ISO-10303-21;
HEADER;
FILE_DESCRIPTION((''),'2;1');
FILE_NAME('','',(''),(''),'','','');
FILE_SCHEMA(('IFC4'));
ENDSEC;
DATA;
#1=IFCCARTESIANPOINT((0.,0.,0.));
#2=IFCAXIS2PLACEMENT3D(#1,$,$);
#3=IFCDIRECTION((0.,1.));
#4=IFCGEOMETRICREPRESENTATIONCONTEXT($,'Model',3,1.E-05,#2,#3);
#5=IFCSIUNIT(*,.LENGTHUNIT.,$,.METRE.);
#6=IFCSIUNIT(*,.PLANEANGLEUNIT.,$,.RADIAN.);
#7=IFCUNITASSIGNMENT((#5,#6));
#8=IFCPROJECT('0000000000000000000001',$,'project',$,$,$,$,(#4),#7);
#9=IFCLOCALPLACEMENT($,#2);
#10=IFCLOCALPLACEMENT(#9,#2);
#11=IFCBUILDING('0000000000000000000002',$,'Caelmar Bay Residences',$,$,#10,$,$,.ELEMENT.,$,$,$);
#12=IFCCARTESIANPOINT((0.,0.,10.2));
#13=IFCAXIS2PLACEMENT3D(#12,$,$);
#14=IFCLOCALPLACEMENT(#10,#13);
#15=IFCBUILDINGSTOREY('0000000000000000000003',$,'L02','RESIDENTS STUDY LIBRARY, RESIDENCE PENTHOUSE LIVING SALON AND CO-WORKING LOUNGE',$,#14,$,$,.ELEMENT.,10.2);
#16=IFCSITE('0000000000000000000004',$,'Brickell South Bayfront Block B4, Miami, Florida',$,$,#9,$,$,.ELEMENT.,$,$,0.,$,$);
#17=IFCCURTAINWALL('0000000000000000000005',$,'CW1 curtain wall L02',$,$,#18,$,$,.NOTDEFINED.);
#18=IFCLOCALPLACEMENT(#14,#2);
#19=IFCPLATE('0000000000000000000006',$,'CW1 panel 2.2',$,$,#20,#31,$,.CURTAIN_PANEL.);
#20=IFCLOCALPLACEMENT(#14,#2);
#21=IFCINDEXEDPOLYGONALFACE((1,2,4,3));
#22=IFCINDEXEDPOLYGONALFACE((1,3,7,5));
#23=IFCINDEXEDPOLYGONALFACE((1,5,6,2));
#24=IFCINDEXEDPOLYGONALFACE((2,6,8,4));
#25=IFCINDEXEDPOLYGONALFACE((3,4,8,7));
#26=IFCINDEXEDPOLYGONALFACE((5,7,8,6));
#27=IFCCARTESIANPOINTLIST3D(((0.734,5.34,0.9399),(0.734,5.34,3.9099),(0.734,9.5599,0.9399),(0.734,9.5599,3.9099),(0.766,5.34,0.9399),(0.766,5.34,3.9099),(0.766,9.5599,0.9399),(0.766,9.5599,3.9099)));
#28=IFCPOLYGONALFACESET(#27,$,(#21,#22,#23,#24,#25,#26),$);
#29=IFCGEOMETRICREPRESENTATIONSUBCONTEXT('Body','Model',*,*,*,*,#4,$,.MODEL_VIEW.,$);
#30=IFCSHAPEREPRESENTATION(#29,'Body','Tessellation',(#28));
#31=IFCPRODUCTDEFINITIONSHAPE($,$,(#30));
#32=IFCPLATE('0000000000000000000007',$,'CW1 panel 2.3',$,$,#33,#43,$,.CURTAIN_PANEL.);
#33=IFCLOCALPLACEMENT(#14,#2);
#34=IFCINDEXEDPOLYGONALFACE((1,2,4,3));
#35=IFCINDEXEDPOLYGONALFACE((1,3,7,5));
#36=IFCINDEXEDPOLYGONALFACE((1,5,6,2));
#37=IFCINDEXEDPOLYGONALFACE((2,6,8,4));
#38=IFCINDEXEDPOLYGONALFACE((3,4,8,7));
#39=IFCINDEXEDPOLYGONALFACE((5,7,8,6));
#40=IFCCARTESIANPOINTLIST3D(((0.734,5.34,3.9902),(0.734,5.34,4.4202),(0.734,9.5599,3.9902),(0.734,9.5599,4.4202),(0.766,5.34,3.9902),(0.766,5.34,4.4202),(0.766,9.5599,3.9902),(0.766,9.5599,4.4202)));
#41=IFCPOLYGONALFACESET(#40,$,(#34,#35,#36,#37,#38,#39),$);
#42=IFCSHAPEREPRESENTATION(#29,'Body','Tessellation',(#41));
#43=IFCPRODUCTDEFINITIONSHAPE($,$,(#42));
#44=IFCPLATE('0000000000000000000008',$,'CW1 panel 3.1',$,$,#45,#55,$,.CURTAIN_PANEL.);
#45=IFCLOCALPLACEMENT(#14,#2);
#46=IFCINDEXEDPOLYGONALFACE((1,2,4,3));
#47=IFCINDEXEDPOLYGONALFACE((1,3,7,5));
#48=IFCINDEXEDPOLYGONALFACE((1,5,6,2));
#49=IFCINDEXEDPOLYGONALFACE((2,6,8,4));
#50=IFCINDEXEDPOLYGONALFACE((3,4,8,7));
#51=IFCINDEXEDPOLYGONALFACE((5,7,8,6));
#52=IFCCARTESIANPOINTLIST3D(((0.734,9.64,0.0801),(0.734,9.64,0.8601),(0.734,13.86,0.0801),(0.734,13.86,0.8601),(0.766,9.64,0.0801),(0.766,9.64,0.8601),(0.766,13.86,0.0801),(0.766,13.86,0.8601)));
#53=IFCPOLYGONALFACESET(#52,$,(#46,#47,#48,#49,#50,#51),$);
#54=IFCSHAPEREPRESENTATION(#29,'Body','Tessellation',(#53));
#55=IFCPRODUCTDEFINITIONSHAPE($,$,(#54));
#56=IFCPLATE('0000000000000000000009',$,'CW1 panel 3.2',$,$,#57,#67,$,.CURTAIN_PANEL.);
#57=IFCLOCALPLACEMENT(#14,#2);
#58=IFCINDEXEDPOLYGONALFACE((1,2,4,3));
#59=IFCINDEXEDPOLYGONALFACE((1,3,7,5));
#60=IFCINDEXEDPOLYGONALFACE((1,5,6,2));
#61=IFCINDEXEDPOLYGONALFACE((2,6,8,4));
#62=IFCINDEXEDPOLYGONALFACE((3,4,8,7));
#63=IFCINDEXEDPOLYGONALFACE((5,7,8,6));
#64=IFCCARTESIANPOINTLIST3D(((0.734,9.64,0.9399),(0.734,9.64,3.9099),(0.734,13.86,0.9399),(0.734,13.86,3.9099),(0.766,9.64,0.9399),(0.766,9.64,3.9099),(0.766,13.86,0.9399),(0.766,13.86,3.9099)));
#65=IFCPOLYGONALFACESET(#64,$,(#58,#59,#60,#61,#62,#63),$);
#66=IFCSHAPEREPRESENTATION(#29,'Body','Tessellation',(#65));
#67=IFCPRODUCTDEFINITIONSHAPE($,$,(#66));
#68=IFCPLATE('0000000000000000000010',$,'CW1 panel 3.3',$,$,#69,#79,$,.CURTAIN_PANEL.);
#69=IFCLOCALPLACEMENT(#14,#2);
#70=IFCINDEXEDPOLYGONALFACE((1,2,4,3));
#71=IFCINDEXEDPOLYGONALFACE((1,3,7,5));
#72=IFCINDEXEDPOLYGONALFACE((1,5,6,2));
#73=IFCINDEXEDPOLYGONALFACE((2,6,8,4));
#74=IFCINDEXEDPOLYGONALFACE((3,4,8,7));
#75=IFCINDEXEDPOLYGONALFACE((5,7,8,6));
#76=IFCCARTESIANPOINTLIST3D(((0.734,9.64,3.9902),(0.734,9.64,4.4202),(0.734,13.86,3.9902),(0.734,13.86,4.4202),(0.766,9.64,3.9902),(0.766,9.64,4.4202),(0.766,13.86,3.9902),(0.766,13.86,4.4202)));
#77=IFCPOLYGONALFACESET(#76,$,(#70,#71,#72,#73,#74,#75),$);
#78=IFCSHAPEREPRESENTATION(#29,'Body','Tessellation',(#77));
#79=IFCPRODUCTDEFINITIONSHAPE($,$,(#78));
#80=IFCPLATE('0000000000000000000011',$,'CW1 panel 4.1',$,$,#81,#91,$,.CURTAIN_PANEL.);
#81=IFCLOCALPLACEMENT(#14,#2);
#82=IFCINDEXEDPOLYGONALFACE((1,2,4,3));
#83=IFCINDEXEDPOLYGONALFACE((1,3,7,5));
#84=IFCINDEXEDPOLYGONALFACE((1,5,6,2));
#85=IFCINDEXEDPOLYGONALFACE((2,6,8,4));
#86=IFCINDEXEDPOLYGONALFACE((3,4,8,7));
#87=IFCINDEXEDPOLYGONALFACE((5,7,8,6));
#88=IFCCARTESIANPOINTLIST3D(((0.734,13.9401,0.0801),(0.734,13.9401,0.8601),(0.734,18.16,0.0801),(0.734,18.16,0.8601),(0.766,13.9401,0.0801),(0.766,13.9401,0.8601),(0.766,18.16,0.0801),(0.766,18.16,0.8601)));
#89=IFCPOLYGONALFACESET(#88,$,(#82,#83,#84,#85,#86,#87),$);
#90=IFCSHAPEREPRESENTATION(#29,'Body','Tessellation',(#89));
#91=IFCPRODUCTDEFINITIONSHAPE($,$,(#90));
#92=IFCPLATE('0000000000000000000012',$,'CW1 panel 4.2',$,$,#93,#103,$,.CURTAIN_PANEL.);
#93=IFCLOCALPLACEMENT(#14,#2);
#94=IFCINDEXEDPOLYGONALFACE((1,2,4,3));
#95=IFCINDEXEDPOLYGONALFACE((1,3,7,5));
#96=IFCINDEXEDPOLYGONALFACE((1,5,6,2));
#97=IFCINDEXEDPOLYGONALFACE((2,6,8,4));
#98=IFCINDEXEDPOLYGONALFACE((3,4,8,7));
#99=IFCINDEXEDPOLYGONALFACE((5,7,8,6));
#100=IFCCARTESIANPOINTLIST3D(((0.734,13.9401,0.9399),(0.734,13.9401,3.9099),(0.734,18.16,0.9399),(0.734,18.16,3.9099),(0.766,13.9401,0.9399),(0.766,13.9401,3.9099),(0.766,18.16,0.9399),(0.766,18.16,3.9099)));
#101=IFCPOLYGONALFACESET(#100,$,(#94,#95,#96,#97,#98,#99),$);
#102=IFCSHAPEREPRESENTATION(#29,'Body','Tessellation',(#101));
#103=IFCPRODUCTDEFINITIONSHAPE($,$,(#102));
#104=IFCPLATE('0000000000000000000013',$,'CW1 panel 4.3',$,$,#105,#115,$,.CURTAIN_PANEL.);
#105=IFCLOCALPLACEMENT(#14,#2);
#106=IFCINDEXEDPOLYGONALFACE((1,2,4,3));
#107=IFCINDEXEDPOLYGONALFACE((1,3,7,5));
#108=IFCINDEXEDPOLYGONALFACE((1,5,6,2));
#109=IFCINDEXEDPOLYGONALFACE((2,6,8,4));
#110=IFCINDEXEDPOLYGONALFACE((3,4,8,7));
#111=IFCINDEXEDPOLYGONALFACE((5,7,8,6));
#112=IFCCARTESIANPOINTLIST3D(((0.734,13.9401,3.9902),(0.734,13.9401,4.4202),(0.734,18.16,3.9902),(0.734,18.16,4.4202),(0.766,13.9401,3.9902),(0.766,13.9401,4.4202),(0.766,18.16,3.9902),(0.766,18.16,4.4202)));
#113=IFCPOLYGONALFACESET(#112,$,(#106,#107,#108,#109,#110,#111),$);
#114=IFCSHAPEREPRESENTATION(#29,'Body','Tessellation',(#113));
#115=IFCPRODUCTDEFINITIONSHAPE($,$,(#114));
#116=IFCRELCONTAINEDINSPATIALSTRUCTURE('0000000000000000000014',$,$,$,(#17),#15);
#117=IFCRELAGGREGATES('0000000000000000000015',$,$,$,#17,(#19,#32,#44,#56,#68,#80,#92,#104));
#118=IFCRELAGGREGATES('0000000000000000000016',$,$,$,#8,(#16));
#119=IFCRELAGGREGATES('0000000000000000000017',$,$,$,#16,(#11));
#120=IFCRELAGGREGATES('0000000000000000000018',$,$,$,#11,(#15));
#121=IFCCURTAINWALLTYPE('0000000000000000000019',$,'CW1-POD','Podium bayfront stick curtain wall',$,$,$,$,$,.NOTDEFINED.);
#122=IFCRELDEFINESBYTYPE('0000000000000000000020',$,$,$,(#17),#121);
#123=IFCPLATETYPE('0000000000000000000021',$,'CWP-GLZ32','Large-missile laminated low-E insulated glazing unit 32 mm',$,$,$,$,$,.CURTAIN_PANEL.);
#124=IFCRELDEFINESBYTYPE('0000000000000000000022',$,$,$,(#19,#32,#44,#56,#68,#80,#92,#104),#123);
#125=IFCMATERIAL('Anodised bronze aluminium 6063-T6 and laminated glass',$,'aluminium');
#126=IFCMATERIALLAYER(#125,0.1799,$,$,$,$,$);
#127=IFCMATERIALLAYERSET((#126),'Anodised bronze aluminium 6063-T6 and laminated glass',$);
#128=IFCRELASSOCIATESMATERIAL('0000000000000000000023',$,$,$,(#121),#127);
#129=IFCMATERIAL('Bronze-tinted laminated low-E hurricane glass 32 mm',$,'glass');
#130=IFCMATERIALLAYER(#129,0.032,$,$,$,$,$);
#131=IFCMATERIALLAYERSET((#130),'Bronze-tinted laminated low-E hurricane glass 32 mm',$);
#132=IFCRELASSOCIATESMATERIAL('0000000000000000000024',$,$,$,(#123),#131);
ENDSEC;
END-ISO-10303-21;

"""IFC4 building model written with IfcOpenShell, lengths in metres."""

from ifc_helpers import new_model, si_unit, direction, frame, origin, origin_2d, place, context, subcontext, project, spatial, rectangle, extrude, material, layer, layer_set, type_object, element, aggregate, save


model = new_model("IFC4")

# Units and contexts
model_context = context("Model", 3, precision=1e-05, world=origin(), true_north=direction((0.0, 1.0)))
body_context = subcontext(model_context, "Body", "Model", "MODEL_VIEW")
ifc_project = project(units=[si_unit("LENGTHUNIT", "METRE"), si_unit("PLANEANGLEUNIT", "RADIAN")], contexts=[model_context])

# Site, building, storey
site_placement = place(None, origin())
site = spatial("IfcSite", under=ifc_project, at=site_placement, Name="Brickell South Bayfront Block B4, Miami, Florida", CompositionType="ELEMENT", RefElevation=0.0)
building_placement = place(site_placement, origin())
building = spatial("IfcBuilding", under=site, at=building_placement, Name="Caelmar Bay Residences", CompositionType="ELEMENT")
storey_placement = place(building_placement, frame((0.0, 0.0, 10.2)))
storey = spatial("IfcBuildingStorey", under=building, at=storey_placement, Name="L02", Description="RESIDENTS STUDY LIBRARY, RESIDENCE PENTHOUSE LIVING SALON AND CO-WORKING LOUNGE", CompositionType="ELEMENT", Elevation=10.2)

# Curtain wall, plates
ifc_material_1 = material(Name="Anodised bronze aluminium 6063-T6 and laminated glass", Category="aluminium")
ifc_layer_1 = layer(ifc_material_1, 0.1799)
ifc_layer_set_1 = layer_set([ifc_layer_1], Name="Anodised bronze aluminium 6063-T6 and laminated glass")
curtain_wall_type = type_object("IfcCurtainWallType", Name="CW1-POD", Description="Podium bayfront stick curtain wall", PredefinedType="NOTDEFINED", material=ifc_layer_set_1)
curtain_wall_placement = place(storey_placement, origin())
curtain_wall = element("IfcCurtainWall", 1, at=curtain_wall_placement, inside=storey, type_object=curtain_wall_type, Name="CW1 curtain wall L02", PredefinedType="NOTDEFINED")
ifc_material_2 = material(Name="Bronze-tinted laminated low-E hurricane glass 32 mm", Category="glass")
ifc_layer_2 = layer(ifc_material_2, 0.032)
ifc_layer_set_2 = layer_set([ifc_layer_2], Name="Bronze-tinted laminated low-E hurricane glass 32 mm")
plate_type = type_object("IfcPlateType", Name="CWP-GLZ32", Description="Large-missile laminated low-E insulated glazing unit 32 mm", PredefinedType="CURTAIN_PANEL", material=ifc_layer_set_2)
plate_1_placement = place(storey_placement, frame((0.75, 7.45, 0.9399), z_axis=(0.0, 0.0, 1.0), x_axis=(0.0, 1.0, 0.0)))
plate_1 = element("IfcPlate", 2, at=plate_1_placement, type_object=plate_type, Name="CW1 panel 2.2", PredefinedType="CURTAIN_PANEL", context=body_context, shape_type="SweptSolid", body=[
    extrude(rectangle(XDim=4.22, YDim=0.032, at=origin_2d()), origin(), (0.0, 0.0, 1.0), 2.97),
])
plate_2_placement = place(storey_placement, frame((0.75, 7.45, 3.9902), z_axis=(0.0, 0.0, 1.0), x_axis=(0.0, 1.0, 0.0)))
plate_2 = element("IfcPlate", 3, at=plate_2_placement, type_object=plate_type, Name="CW1 panel 2.3", PredefinedType="CURTAIN_PANEL", context=body_context, shape_type="SweptSolid", body=[
    extrude(rectangle(XDim=4.22, YDim=0.032, at=origin_2d()), origin(), (0.0, 0.0, 1.0), 0.4299),
])
plate_3_placement = place(storey_placement, frame((0.75, 11.75, 0.0801), z_axis=(0.0, 0.0, 1.0), x_axis=(0.0, 1.0, 0.0)))
plate_3 = element("IfcPlate", 4, at=plate_3_placement, type_object=plate_type, Name="CW1 panel 3.1", PredefinedType="CURTAIN_PANEL", context=body_context, shape_type="SweptSolid", body=[
    extrude(rectangle(XDim=4.22, YDim=0.032, at=origin_2d()), origin(), (0.0, 0.0, 1.0), 0.78),
])
plate_4_placement = place(storey_placement, frame((0.75, 11.75, 0.9399), z_axis=(0.0, 0.0, 1.0), x_axis=(0.0, 1.0, 0.0)))
plate_4 = element("IfcPlate", 5, at=plate_4_placement, type_object=plate_type, Name="CW1 panel 3.2", PredefinedType="CURTAIN_PANEL", context=body_context, shape_type="SweptSolid", body=[
    extrude(rectangle(XDim=4.22, YDim=0.032, at=origin_2d()), origin(), (0.0, 0.0, 1.0), 2.97),
])
plate_5_placement = place(storey_placement, frame((0.75, 11.75, 3.9902), z_axis=(0.0, 0.0, 1.0), x_axis=(0.0, 1.0, 0.0)))
plate_5 = element("IfcPlate", 6, at=plate_5_placement, type_object=plate_type, Name="CW1 panel 3.3", PredefinedType="CURTAIN_PANEL", context=body_context, shape_type="SweptSolid", body=[
    extrude(rectangle(XDim=4.22, YDim=0.032, at=origin_2d()), origin(), (0.0, 0.0, 1.0), 0.4299),
])
plate_6_placement = place(storey_placement, frame((0.75, 16.05, 0.0801), z_axis=(0.0, 0.0, 1.0), x_axis=(0.0, 1.0, 0.0)))
plate_6 = element("IfcPlate", 7, at=plate_6_placement, type_object=plate_type, Name="CW1 panel 4.1", PredefinedType="CURTAIN_PANEL", context=body_context, shape_type="SweptSolid", body=[
    extrude(rectangle(XDim=4.22, YDim=0.032, at=origin_2d()), origin(), (0.0, 0.0, 1.0), 0.78),
])
plate_7_placement = place(storey_placement, frame((0.75, 16.05, 0.9399), z_axis=(0.0, 0.0, 1.0), x_axis=(0.0, 1.0, 0.0)))
plate_7 = element("IfcPlate", 8, at=plate_7_placement, type_object=plate_type, Name="CW1 panel 4.2", PredefinedType="CURTAIN_PANEL", context=body_context, shape_type="SweptSolid", body=[
    extrude(rectangle(XDim=4.22, YDim=0.032, at=origin_2d()), origin(), (0.0, 0.0, 1.0), 2.97),
])
plate_8_placement = place(storey_placement, frame((0.75, 16.05, 3.9902), z_axis=(0.0, 0.0, 1.0), x_axis=(0.0, 1.0, 0.0)))
plate_8 = element("IfcPlate", 9, at=plate_8_placement, type_object=plate_type, Name="CW1 panel 4.3", PredefinedType="CURTAIN_PANEL", context=body_context, shape_type="SweptSolid", body=[
    extrude(rectangle(XDim=4.22, YDim=0.032, at=origin_2d()), origin(), (0.0, 0.0, 1.0), 0.4299),
])
aggregate(curtain_wall, [plate_1, plate_2, plate_3, plate_4, plate_5, plate_6, plate_7, plate_8])

save(model, "model.ifc")
